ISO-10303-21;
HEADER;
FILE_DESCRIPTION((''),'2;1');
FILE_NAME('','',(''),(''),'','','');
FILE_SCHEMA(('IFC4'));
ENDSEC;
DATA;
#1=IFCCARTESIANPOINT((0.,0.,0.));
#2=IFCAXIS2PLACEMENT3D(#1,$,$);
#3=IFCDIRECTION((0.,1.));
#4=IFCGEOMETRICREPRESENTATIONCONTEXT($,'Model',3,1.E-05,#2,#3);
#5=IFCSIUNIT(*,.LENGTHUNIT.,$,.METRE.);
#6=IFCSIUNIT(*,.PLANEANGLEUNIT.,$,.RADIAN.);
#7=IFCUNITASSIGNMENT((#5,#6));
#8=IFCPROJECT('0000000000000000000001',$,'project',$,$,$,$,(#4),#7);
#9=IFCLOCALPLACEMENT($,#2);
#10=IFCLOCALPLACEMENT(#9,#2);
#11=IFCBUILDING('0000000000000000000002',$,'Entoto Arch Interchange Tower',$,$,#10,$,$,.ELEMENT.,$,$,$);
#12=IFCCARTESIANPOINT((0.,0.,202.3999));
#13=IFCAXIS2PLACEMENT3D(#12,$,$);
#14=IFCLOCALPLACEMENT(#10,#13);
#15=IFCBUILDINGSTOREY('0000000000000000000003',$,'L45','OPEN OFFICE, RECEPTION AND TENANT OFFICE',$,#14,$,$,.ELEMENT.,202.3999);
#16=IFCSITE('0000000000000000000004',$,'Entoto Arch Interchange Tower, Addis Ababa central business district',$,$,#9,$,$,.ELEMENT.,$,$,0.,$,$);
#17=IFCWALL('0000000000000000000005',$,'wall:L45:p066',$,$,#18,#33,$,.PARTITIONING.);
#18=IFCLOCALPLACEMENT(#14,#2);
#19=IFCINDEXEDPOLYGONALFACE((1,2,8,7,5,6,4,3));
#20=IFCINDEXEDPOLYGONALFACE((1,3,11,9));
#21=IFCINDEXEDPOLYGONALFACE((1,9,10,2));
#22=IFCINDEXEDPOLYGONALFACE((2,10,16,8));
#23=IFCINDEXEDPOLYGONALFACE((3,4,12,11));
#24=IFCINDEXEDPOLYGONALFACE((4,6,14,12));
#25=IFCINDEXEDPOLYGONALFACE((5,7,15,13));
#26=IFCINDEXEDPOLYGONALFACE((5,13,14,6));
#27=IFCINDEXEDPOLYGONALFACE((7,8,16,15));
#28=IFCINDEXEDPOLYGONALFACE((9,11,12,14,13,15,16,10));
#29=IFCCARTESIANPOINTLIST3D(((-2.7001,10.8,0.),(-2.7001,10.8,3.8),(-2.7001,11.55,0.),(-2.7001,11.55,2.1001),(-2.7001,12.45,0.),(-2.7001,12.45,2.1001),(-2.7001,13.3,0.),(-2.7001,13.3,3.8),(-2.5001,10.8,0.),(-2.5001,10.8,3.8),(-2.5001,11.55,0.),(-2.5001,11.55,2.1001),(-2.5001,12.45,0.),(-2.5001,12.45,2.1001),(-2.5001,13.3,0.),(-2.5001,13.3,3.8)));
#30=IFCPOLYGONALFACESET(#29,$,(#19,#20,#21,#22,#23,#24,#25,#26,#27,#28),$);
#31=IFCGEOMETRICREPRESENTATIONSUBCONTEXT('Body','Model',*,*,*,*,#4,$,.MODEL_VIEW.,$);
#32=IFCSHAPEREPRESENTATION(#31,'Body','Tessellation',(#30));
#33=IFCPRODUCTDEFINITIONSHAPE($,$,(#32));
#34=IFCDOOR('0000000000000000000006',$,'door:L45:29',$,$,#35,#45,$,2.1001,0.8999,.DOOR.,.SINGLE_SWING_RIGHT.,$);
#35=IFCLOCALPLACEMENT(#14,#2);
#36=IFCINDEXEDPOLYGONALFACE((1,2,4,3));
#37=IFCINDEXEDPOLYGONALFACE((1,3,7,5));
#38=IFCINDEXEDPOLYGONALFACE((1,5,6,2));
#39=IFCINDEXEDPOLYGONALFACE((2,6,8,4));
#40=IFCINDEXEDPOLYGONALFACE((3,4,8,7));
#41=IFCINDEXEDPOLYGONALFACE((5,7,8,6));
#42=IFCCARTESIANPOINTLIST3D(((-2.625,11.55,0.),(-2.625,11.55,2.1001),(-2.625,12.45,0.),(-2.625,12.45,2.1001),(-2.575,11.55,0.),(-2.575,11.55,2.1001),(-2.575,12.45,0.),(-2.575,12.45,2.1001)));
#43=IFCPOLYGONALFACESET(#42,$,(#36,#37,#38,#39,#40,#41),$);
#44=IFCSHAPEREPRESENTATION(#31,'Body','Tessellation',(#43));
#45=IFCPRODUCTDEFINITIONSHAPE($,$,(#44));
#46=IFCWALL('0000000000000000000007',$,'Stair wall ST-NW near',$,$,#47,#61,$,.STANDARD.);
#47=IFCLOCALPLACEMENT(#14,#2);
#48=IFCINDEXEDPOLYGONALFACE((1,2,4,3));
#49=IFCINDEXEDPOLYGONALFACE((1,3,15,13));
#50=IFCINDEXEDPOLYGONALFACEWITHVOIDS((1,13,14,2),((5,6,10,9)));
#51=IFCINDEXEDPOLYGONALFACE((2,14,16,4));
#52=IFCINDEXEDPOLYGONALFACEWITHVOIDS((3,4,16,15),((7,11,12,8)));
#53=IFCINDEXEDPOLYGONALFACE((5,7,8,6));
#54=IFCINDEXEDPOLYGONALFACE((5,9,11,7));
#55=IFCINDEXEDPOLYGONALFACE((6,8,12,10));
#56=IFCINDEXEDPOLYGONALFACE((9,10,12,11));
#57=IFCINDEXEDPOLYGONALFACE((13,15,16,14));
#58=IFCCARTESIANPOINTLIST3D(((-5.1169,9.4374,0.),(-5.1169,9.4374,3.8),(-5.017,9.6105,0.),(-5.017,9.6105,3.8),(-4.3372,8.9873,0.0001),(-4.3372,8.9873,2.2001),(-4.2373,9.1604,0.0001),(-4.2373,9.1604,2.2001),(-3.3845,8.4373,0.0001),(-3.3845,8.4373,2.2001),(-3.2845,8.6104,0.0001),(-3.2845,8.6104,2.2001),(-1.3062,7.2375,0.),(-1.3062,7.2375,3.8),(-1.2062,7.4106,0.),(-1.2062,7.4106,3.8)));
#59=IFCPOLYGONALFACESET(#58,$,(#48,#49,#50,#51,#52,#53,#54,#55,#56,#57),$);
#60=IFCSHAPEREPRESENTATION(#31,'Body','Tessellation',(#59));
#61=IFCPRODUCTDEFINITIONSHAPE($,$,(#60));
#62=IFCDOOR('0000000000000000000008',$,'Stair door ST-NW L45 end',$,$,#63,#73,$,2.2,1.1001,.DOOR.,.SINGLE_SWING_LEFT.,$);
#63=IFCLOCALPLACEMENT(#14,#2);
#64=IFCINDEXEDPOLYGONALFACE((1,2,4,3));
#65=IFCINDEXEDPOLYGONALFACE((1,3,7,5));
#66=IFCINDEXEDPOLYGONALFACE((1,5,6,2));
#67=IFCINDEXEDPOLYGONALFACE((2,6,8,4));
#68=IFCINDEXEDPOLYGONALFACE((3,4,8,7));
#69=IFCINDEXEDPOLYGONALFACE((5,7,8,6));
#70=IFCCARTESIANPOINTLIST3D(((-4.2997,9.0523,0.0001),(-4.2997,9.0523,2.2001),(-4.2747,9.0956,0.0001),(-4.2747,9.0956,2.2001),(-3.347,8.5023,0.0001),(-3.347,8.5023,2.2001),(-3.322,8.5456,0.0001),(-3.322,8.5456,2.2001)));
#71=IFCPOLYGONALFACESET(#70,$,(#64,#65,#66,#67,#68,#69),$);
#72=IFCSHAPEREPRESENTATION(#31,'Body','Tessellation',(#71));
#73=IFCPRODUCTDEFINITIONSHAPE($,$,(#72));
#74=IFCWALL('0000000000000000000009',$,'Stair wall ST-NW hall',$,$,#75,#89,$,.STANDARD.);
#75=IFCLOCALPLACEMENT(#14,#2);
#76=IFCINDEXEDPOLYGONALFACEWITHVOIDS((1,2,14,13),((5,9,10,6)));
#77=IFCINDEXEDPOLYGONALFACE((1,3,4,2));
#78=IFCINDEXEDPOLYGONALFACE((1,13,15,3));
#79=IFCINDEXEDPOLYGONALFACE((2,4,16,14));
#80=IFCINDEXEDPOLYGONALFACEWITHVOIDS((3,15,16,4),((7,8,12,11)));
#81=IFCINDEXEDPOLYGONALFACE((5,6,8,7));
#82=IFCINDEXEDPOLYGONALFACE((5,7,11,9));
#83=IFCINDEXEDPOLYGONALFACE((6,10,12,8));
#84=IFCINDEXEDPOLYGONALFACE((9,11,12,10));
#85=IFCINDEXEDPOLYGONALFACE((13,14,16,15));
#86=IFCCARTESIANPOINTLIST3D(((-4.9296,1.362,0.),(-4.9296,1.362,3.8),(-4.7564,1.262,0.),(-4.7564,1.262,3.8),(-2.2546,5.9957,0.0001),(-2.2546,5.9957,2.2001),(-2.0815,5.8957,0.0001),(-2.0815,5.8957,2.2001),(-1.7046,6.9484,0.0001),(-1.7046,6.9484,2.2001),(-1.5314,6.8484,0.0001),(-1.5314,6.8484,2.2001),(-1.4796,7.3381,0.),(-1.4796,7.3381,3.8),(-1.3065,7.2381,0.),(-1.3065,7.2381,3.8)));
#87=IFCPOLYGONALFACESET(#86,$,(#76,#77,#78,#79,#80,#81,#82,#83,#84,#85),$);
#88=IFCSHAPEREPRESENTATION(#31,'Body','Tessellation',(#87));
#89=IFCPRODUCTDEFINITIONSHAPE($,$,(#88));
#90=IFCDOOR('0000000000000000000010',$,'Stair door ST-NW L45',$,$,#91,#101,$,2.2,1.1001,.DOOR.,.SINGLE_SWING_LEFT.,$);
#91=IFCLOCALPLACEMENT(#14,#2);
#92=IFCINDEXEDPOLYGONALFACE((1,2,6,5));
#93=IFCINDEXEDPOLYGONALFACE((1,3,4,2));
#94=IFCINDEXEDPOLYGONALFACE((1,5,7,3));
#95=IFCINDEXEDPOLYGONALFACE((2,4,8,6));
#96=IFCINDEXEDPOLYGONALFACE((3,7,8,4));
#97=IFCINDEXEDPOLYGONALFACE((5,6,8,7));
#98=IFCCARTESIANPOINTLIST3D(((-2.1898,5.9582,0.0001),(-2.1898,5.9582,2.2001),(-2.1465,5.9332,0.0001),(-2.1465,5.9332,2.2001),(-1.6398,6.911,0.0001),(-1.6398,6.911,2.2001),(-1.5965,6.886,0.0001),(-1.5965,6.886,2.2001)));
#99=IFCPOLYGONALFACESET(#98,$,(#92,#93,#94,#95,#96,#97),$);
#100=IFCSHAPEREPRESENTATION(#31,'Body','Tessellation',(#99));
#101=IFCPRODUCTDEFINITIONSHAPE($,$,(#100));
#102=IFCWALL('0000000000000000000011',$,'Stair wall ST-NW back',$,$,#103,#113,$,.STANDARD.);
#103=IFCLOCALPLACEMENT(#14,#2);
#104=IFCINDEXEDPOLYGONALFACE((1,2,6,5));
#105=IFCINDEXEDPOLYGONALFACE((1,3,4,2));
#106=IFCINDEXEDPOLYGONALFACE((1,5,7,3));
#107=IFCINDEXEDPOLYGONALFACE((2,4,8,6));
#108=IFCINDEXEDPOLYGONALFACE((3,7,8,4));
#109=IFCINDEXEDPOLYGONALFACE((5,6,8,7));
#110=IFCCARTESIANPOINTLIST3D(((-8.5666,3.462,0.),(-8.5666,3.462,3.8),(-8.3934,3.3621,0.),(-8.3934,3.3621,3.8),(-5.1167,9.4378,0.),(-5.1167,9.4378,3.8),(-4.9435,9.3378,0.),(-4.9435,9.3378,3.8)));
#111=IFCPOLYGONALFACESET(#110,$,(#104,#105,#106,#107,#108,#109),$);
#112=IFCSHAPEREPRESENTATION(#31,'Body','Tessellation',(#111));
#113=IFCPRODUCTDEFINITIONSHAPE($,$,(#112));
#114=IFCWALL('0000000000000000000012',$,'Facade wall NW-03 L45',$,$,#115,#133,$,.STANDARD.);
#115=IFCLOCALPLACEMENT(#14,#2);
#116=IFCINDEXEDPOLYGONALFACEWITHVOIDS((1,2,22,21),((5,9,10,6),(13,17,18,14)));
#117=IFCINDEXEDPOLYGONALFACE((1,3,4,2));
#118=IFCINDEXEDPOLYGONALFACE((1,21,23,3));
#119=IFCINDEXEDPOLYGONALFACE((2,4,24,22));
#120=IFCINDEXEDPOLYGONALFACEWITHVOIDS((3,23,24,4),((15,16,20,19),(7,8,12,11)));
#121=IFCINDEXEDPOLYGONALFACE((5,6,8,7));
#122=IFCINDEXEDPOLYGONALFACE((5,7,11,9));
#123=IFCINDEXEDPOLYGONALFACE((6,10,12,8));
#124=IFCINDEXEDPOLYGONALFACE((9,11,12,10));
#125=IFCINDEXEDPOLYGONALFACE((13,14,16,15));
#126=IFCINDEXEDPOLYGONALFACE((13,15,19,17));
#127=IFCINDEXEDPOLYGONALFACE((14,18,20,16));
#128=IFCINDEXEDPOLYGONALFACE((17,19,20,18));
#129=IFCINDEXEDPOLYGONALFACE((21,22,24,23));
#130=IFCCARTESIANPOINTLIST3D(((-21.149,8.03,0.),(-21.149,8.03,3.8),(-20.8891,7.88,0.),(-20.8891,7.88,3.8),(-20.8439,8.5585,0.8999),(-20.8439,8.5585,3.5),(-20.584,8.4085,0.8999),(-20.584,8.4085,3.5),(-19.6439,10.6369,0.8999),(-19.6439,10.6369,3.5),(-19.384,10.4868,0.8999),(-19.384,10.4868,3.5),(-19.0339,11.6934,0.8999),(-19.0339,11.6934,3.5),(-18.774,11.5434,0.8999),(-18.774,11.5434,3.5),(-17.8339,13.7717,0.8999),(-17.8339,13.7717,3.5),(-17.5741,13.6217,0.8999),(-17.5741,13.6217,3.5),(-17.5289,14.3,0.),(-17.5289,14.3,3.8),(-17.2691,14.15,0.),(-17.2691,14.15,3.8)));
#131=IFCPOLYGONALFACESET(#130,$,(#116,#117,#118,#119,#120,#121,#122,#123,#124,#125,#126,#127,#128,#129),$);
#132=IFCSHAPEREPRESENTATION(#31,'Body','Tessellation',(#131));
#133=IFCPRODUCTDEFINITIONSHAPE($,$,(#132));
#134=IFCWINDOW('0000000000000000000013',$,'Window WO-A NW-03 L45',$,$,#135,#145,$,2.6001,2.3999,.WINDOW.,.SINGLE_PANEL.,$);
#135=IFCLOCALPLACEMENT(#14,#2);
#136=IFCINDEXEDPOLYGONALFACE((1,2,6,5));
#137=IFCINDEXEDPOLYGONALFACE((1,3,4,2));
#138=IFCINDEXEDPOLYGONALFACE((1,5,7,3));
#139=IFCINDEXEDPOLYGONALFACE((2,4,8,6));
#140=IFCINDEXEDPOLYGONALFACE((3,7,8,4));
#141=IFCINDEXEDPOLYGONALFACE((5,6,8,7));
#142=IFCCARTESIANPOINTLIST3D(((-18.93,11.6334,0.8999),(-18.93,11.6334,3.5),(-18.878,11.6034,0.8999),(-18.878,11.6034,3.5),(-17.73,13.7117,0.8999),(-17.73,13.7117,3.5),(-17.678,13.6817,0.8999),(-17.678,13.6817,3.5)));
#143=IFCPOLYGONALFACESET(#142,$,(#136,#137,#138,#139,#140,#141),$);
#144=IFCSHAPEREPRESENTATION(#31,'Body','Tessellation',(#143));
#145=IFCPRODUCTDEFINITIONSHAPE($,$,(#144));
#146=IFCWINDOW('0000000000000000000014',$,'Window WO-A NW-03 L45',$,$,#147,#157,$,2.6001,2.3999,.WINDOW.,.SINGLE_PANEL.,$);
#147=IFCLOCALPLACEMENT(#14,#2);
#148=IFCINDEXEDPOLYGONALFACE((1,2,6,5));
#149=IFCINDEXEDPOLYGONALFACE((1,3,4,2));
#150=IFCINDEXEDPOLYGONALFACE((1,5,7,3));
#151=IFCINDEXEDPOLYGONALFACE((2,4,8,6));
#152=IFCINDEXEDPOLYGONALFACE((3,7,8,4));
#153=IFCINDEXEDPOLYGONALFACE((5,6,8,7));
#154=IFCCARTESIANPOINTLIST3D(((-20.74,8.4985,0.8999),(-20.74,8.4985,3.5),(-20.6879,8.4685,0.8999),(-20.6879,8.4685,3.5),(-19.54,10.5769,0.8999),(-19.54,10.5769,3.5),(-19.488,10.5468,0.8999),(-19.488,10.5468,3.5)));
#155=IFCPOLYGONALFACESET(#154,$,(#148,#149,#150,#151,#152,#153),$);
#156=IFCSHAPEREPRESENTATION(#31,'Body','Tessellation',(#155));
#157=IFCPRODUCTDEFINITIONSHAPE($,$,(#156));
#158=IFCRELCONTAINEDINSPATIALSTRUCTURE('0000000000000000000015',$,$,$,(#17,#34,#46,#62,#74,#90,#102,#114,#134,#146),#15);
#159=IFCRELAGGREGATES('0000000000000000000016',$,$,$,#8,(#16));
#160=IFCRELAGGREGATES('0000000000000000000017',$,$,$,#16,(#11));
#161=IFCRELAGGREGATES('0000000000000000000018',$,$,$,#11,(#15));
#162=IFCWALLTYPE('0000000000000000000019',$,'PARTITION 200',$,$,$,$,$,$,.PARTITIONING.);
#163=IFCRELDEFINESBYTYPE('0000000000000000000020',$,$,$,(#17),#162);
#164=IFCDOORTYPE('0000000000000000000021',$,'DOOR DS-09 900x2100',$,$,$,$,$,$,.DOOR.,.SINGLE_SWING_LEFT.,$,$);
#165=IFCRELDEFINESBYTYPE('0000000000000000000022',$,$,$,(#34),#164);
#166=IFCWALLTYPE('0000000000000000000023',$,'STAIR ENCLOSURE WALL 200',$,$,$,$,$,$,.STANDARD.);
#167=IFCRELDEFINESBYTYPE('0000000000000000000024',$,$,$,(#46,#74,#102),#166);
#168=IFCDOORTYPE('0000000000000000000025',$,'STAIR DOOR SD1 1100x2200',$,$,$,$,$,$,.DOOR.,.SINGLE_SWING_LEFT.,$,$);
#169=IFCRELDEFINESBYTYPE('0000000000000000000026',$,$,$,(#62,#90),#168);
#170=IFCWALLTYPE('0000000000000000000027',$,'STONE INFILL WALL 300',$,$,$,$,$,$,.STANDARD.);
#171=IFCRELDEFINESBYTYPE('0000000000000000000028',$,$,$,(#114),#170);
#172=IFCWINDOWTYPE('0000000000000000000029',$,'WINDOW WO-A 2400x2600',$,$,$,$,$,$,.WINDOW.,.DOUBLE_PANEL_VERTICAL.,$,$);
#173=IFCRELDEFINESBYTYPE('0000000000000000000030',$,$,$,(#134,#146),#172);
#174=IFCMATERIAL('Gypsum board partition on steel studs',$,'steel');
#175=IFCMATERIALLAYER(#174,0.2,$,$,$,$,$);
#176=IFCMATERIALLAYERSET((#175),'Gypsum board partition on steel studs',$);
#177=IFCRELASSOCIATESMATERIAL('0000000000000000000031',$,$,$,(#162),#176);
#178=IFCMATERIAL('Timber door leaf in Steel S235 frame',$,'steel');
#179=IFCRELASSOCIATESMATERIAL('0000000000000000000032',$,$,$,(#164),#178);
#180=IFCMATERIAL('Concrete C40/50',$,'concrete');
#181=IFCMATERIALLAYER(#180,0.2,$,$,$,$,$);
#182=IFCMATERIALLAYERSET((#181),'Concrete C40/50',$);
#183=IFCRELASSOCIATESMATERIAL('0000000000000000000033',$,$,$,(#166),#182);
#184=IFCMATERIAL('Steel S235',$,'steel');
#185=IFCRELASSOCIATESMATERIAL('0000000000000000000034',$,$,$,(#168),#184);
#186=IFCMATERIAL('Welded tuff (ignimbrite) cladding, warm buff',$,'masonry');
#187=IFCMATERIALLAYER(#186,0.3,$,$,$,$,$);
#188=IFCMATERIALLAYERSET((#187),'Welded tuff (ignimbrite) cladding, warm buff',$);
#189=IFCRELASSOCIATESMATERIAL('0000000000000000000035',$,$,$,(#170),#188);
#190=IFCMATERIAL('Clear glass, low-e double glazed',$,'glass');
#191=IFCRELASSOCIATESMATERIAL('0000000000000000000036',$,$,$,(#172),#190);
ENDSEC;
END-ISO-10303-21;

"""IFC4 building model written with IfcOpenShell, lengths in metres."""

from ifc_helpers import new_model, si_unit, direction, frame, frame_2d, origin, place, context, subcontext, project, spatial, rectangle, extrude, material, layer, layer_set, type_object, element, fill, save


model = new_model("IFC4")

# Units and contexts
model_context = context("Model", 3, precision=1e-05, world=origin(), true_north=direction((0.0, 1.0)))
body_context = subcontext(model_context, "Body", "Model", "MODEL_VIEW")
ifc_project = project(units=[si_unit("LENGTHUNIT", "METRE"), si_unit("PLANEANGLEUNIT", "RADIAN")], contexts=[model_context])

# Site, building, storey
site_placement = place(None, origin())
site = spatial("IfcSite", under=ifc_project, at=site_placement, Name="Entoto Arch Interchange Tower, Addis Ababa central business district", CompositionType="ELEMENT", RefElevation=0.0)
building_placement = place(site_placement, origin())
building = spatial("IfcBuilding", under=site, at=building_placement, Name="Entoto Arch Interchange Tower", CompositionType="ELEMENT")
storey_placement = place(building_placement, frame((0.0, 0.0, 202.3999)))
storey = spatial("IfcBuildingStorey", under=building, at=storey_placement, Name="L45", Description="OPEN OFFICE, RECEPTION AND TENANT OFFICE", CompositionType="ELEMENT", Elevation=202.3999)

# Shared definitions
ifc_material_1 = material(Name="Concrete C40/50", Category="concrete")
ifc_material_2 = material(Name="Gypsum board partition on steel studs", Category="steel")

# Shared definitions
ifc_layer_1 = layer(ifc_material_2, 0.2)
ifc_layer_set_1 = layer_set([ifc_layer_1], Name="Gypsum board partition on steel studs")
wall_type_1 = type_object("IfcWallType", Name="PARTITION 200", PredefinedType="PARTITIONING", material=ifc_layer_set_1)
ifc_material_3 = material(Name="Timber door leaf in Steel S235 frame", Category="steel")

# Walls, openings, doors
wall_1_placement = place(storey_placement, frame((-2.6001, 10.8, 0.0), z_axis=(0.0, 0.0, 1.0), x_axis=(0.0, 1.0, 0.0)))
wall_1 = element("IfcWall", 1, at=wall_1_placement, inside=storey, type_object=wall_type_1, Name="wall:L45:p066", PredefinedType="PARTITIONING", context=body_context, shape_type="SweptSolid", body=[
    extrude(rectangle(XDim=2.5, YDim=0.2, at=frame_2d((1.25, 0.0))), origin(), (0.0, 0.0, 1.0), 3.8),
])
opening_1_placement = place(wall_1_placement, frame((0.75, 0.0, 0.0)))
opening_1 = element("IfcOpeningElement", 2, at=opening_1_placement, cuts=wall_1, PredefinedType="OPENING", context=body_context, shape_type="SweptSolid", body=[
    extrude(rectangle(XDim=0.8999, YDim=2.1001, at=frame_2d((0.45, 1.05))), frame((0.0, 0.1099, 0.0), z_axis=(0.0, -1.0, 0.0), x_axis=(1.0, 0.0, 0.0)), (0.0, 0.0, 1.0), 0.22),
])
door_type_1 = type_object("IfcDoorType", Name="DOOR DS-09 900x2100", OperationType="SINGLE_SWING_LEFT", PredefinedType="DOOR", material=ifc_material_3)
door_1_placement = place(opening_1_placement, origin())
door_1 = element("IfcDoor", 3, at=door_1_placement, inside=storey, type_object=door_type_1, Name="door:L45:29", OperationType="SINGLE_SWING_RIGHT", OverallHeight=2.1001, OverallWidth=0.8999, PredefinedType="DOOR", context=body_context, shape_type="SweptSolid", body=[
    extrude(rectangle(XDim=0.8999, YDim=2.1001, at=frame_2d((0.45, 1.05))), frame((0.0, 0.0249, 0.0), z_axis=(0.0, -1.0, 0.0), x_axis=(1.0, 0.0, 0.0)), (0.0, 0.0, 1.0), 0.05),
])
fill(opening_1, door_1)
ifc_layer_2 = layer(ifc_material_1, 0.2)
ifc_layer_set_2 = layer_set([ifc_layer_2], Name="Concrete C40/50")
wall_type_2 = type_object("IfcWallType", Name="STAIR ENCLOSURE WALL 200", PredefinedType="STANDARD", material=ifc_layer_set_2)
wall_2_placement = place(storey_placement, frame((-1.2561, 7.324, 0.0), z_axis=(0.0, 0.0, 1.0), x_axis=(-0.866046, 0.499964, 0.0)))
wall_2 = element("IfcWall", 4, at=wall_2_placement, inside=storey, type_object=wall_type_2, Name="Stair wall ST-NW near", PredefinedType="STANDARD", context=body_context, shape_type="SweptSolid", body=[
    extrude(rectangle(XDim=4.4001, YDim=0.2, at=frame_2d((2.2002, 0.0))), origin(), (0.0, 0.0, 1.0), 3.8),
])
opening_2_placement = place(wall_2_placement, frame((2.3999, 0.0, 0.0)))
opening_2 = element("IfcOpeningElement", 5, at=opening_2_placement, cuts=wall_2, PredefinedType="OPENING", context=body_context, shape_type="SweptSolid", body=[
    extrude(rectangle(XDim=1.1001, YDim=2.2, at=frame_2d((0.55, 1.1001))), frame((0.0, 0.1099, 0.0), z_axis=(0.0, -1.0, 0.0), x_axis=(1.0, 0.0, 0.0)), (0.0, 0.0, 1.0), 0.22),
])
ifc_material_4 = material(Name="Steel S235", Category="steel")
door_type_2 = type_object("IfcDoorType", Name="STAIR DOOR SD1 1100x2200", OperationType="SINGLE_SWING_LEFT", PredefinedType="DOOR", material=ifc_material_4)
door_2_placement = place(opening_2_placement, origin())
door_2 = element("IfcDoor", 6, at=door_2_placement, inside=storey, type_object=door_type_2, Name="Stair door ST-NW L45 end", OperationType="SINGLE_SWING_LEFT", OverallHeight=2.2, OverallWidth=1.1001, PredefinedType="DOOR", context=body_context, shape_type="SweptSolid", body=[
    extrude(rectangle(XDim=1.1001, YDim=2.2, at=frame_2d((0.55, 1.1001))), frame((0.0, 0.0249, 0.0), z_axis=(0.0, -1.0, 0.0), x_axis=(1.0, 0.0, 0.0)), (0.0, 0.0, 1.0), 0.05),
])
fill(opening_2, door_2)
wall_3_placement = place(storey_placement, frame((-1.3931, 7.2881, 0.0), z_axis=(0.0, 0.0, 1.0), x_axis=(-0.499963, -0.866047, 0.0)))
wall_3 = element("IfcWall", 7, at=wall_3_placement, inside=storey, type_object=wall_type_2, Name="Stair wall ST-NW hall", PredefinedType="STANDARD", context=body_context, shape_type="SweptSolid", body=[
    extrude(rectangle(XDim=6.9004, YDim=0.2, at=frame_2d((3.4502, 0.0))), origin(), (0.0, 0.0, 1.0), 3.8),
])
opening_3_placement = place(wall_3_placement, frame((0.45, 0.0, 0.0)))
opening_3 = element("IfcOpeningElement", 8, at=opening_3_placement, cuts=wall_3, PredefinedType="OPENING", context=body_context, shape_type="SweptSolid", body=[
    extrude(rectangle(XDim=1.1001, YDim=2.2, at=frame_2d((0.55, 1.1001))), frame((0.0, 0.1099, 0.0), z_axis=(0.0, -1.0, 0.0), x_axis=(1.0, 0.0, 0.0)), (0.0, 0.0, 1.0), 0.22),
])
door_3_placement = place(opening_3_placement, origin())
door_3 = element("IfcDoor", 9, at=door_3_placement, inside=storey, type_object=door_type_2, Name="Stair door ST-NW L45", OperationType="SINGLE_SWING_LEFT", OverallHeight=2.2, OverallWidth=1.1001, PredefinedType="DOOR", context=body_context, shape_type="SweptSolid", body=[
    extrude(rectangle(XDim=1.1001, YDim=2.2, at=frame_2d((0.55, 1.1001))), frame((0.0, 0.0249, 0.0), z_axis=(0.0, -1.0, 0.0), x_axis=(1.0, 0.0, 0.0)), (0.0, 0.0, 1.0), 0.05),
])
fill(opening_3, door_3)

# Wall
wall_4_placement = place(storey_placement, frame((-5.03, 9.3879, 0.0), z_axis=(0.0, 0.0, 1.0), x_axis=(-0.499979, -0.866038, 0.0)))
element("IfcWall", 10, at=wall_4_placement, inside=storey, type_object=wall_type_2, Name="Stair wall ST-NW back", PredefinedType="STANDARD", context=body_context, shape_type="SweptSolid", body=[
    extrude(rectangle(XDim=6.9001, YDim=0.2, at=frame_2d((3.4502, 0.0))), origin(), (0.0, 0.0, 1.0), 3.8),
])

# Wall, openings, windows
ifc_material_5 = material(Name="Welded tuff (ignimbrite) cladding, warm buff", Category="masonry")
ifc_layer_3 = layer(ifc_material_5, 0.3)
ifc_layer_set_3 = layer_set([ifc_layer_3], Name="Welded tuff (ignimbrite) cladding, warm buff")
wall_type_3 = type_object("IfcWallType", Name="STONE INFILL WALL 300", PredefinedType="STANDARD", material=ifc_layer_set_3)
wall_5_placement = place(storey_placement, frame((-17.3989, 14.2251, 0.0), z_axis=(0.0, 0.0, 1.0), x_axis=(-0.500012, -0.866018, 0.0)))
wall_5 = element("IfcWall", 11, at=wall_5_placement, inside=storey, type_object=wall_type_3, Name="Facade wall NW-03 L45", PredefinedType="STANDARD", context=body_context, shape_type="SweptSolid", body=[
    extrude(rectangle(XDim=7.24, YDim=0.3, at=frame_2d((3.6201, 0.0))), origin(), (0.0, 0.0, 1.0), 3.8),
])
opening_4_placement = place(wall_5_placement, frame((0.6101, 0.0, 0.8999)))
opening_4 = element("IfcOpeningElement", 12, at=opening_4_placement, cuts=wall_5, PredefinedType="OPENING", context=body_context, shape_type="SweptSolid", body=[
    extrude(rectangle(XDim=2.3999, YDim=2.6001, at=frame_2d((1.2, 1.3))), frame((0.0, 0.1602, 0.0), z_axis=(0.0, -1.0, 0.0), x_axis=(1.0, 0.0, 0.0)), (0.0, 0.0, 1.0), 0.3201),
])
opening_5_placement = place(wall_5_placement, frame((4.23, 0.0, 0.8999)))
opening_5 = element("IfcOpeningElement", 13, at=opening_5_placement, cuts=wall_5, PredefinedType="OPENING", context=body_context, shape_type="SweptSolid", body=[
    extrude(rectangle(XDim=2.3999, YDim=2.6001, at=frame_2d((1.2, 1.3))), frame((0.0, 0.1602, 0.0), z_axis=(0.0, -1.0, 0.0), x_axis=(1.0, 0.0, 0.0)), (0.0, 0.0, 1.0), 0.3201),
])
ifc_material_6 = material(Name="Clear glass, low-e double glazed", Category="glass")
window_type = type_object("IfcWindowType", Name="WINDOW WO-A 2400x2600", PartitioningType="DOUBLE_PANEL_VERTICAL", PredefinedType="WINDOW", material=ifc_material_6)
window_1_placement = place(opening_4_placement, origin())
window_1 = element("IfcWindow", 14, at=window_1_placement, inside=storey, type_object=window_type, Name="Window WO-A NW-03 L45", OverallHeight=2.6001, OverallWidth=2.3999, PartitioningType="SINGLE_PANEL", PredefinedType="WINDOW", context=body_context, shape_type="SweptSolid", body=[
    extrude(rectangle(XDim=2.3999, YDim=2.6001, at=frame_2d((1.2, 1.3))), frame((0.0, 0.03, 0.0), z_axis=(0.0, -1.0, 0.0), x_axis=(1.0, 0.0, 0.0)), (0.0, 0.0, 1.0), 0.0601),
])
fill(opening_4, window_1)
window_2_placement = place(opening_5_placement, origin())
window_2 = element("IfcWindow", 15, at=window_2_placement, inside=storey, type_object=window_type, Name="Window WO-A NW-03 L45", OverallHeight=2.6001, OverallWidth=2.3999, PartitioningType="SINGLE_PANEL", PredefinedType="WINDOW", context=body_context, shape_type="SweptSolid", body=[
    extrude(rectangle(XDim=2.3999, YDim=2.6001, at=frame_2d((1.2, 1.3))), frame((0.0, 0.03, 0.0), z_axis=(0.0, -1.0, 0.0), x_axis=(1.0, 0.0, 0.0)), (0.0, 0.0, 1.0), 0.0601),
])
fill(opening_5, window_2)

save(model, "model.ifc")
